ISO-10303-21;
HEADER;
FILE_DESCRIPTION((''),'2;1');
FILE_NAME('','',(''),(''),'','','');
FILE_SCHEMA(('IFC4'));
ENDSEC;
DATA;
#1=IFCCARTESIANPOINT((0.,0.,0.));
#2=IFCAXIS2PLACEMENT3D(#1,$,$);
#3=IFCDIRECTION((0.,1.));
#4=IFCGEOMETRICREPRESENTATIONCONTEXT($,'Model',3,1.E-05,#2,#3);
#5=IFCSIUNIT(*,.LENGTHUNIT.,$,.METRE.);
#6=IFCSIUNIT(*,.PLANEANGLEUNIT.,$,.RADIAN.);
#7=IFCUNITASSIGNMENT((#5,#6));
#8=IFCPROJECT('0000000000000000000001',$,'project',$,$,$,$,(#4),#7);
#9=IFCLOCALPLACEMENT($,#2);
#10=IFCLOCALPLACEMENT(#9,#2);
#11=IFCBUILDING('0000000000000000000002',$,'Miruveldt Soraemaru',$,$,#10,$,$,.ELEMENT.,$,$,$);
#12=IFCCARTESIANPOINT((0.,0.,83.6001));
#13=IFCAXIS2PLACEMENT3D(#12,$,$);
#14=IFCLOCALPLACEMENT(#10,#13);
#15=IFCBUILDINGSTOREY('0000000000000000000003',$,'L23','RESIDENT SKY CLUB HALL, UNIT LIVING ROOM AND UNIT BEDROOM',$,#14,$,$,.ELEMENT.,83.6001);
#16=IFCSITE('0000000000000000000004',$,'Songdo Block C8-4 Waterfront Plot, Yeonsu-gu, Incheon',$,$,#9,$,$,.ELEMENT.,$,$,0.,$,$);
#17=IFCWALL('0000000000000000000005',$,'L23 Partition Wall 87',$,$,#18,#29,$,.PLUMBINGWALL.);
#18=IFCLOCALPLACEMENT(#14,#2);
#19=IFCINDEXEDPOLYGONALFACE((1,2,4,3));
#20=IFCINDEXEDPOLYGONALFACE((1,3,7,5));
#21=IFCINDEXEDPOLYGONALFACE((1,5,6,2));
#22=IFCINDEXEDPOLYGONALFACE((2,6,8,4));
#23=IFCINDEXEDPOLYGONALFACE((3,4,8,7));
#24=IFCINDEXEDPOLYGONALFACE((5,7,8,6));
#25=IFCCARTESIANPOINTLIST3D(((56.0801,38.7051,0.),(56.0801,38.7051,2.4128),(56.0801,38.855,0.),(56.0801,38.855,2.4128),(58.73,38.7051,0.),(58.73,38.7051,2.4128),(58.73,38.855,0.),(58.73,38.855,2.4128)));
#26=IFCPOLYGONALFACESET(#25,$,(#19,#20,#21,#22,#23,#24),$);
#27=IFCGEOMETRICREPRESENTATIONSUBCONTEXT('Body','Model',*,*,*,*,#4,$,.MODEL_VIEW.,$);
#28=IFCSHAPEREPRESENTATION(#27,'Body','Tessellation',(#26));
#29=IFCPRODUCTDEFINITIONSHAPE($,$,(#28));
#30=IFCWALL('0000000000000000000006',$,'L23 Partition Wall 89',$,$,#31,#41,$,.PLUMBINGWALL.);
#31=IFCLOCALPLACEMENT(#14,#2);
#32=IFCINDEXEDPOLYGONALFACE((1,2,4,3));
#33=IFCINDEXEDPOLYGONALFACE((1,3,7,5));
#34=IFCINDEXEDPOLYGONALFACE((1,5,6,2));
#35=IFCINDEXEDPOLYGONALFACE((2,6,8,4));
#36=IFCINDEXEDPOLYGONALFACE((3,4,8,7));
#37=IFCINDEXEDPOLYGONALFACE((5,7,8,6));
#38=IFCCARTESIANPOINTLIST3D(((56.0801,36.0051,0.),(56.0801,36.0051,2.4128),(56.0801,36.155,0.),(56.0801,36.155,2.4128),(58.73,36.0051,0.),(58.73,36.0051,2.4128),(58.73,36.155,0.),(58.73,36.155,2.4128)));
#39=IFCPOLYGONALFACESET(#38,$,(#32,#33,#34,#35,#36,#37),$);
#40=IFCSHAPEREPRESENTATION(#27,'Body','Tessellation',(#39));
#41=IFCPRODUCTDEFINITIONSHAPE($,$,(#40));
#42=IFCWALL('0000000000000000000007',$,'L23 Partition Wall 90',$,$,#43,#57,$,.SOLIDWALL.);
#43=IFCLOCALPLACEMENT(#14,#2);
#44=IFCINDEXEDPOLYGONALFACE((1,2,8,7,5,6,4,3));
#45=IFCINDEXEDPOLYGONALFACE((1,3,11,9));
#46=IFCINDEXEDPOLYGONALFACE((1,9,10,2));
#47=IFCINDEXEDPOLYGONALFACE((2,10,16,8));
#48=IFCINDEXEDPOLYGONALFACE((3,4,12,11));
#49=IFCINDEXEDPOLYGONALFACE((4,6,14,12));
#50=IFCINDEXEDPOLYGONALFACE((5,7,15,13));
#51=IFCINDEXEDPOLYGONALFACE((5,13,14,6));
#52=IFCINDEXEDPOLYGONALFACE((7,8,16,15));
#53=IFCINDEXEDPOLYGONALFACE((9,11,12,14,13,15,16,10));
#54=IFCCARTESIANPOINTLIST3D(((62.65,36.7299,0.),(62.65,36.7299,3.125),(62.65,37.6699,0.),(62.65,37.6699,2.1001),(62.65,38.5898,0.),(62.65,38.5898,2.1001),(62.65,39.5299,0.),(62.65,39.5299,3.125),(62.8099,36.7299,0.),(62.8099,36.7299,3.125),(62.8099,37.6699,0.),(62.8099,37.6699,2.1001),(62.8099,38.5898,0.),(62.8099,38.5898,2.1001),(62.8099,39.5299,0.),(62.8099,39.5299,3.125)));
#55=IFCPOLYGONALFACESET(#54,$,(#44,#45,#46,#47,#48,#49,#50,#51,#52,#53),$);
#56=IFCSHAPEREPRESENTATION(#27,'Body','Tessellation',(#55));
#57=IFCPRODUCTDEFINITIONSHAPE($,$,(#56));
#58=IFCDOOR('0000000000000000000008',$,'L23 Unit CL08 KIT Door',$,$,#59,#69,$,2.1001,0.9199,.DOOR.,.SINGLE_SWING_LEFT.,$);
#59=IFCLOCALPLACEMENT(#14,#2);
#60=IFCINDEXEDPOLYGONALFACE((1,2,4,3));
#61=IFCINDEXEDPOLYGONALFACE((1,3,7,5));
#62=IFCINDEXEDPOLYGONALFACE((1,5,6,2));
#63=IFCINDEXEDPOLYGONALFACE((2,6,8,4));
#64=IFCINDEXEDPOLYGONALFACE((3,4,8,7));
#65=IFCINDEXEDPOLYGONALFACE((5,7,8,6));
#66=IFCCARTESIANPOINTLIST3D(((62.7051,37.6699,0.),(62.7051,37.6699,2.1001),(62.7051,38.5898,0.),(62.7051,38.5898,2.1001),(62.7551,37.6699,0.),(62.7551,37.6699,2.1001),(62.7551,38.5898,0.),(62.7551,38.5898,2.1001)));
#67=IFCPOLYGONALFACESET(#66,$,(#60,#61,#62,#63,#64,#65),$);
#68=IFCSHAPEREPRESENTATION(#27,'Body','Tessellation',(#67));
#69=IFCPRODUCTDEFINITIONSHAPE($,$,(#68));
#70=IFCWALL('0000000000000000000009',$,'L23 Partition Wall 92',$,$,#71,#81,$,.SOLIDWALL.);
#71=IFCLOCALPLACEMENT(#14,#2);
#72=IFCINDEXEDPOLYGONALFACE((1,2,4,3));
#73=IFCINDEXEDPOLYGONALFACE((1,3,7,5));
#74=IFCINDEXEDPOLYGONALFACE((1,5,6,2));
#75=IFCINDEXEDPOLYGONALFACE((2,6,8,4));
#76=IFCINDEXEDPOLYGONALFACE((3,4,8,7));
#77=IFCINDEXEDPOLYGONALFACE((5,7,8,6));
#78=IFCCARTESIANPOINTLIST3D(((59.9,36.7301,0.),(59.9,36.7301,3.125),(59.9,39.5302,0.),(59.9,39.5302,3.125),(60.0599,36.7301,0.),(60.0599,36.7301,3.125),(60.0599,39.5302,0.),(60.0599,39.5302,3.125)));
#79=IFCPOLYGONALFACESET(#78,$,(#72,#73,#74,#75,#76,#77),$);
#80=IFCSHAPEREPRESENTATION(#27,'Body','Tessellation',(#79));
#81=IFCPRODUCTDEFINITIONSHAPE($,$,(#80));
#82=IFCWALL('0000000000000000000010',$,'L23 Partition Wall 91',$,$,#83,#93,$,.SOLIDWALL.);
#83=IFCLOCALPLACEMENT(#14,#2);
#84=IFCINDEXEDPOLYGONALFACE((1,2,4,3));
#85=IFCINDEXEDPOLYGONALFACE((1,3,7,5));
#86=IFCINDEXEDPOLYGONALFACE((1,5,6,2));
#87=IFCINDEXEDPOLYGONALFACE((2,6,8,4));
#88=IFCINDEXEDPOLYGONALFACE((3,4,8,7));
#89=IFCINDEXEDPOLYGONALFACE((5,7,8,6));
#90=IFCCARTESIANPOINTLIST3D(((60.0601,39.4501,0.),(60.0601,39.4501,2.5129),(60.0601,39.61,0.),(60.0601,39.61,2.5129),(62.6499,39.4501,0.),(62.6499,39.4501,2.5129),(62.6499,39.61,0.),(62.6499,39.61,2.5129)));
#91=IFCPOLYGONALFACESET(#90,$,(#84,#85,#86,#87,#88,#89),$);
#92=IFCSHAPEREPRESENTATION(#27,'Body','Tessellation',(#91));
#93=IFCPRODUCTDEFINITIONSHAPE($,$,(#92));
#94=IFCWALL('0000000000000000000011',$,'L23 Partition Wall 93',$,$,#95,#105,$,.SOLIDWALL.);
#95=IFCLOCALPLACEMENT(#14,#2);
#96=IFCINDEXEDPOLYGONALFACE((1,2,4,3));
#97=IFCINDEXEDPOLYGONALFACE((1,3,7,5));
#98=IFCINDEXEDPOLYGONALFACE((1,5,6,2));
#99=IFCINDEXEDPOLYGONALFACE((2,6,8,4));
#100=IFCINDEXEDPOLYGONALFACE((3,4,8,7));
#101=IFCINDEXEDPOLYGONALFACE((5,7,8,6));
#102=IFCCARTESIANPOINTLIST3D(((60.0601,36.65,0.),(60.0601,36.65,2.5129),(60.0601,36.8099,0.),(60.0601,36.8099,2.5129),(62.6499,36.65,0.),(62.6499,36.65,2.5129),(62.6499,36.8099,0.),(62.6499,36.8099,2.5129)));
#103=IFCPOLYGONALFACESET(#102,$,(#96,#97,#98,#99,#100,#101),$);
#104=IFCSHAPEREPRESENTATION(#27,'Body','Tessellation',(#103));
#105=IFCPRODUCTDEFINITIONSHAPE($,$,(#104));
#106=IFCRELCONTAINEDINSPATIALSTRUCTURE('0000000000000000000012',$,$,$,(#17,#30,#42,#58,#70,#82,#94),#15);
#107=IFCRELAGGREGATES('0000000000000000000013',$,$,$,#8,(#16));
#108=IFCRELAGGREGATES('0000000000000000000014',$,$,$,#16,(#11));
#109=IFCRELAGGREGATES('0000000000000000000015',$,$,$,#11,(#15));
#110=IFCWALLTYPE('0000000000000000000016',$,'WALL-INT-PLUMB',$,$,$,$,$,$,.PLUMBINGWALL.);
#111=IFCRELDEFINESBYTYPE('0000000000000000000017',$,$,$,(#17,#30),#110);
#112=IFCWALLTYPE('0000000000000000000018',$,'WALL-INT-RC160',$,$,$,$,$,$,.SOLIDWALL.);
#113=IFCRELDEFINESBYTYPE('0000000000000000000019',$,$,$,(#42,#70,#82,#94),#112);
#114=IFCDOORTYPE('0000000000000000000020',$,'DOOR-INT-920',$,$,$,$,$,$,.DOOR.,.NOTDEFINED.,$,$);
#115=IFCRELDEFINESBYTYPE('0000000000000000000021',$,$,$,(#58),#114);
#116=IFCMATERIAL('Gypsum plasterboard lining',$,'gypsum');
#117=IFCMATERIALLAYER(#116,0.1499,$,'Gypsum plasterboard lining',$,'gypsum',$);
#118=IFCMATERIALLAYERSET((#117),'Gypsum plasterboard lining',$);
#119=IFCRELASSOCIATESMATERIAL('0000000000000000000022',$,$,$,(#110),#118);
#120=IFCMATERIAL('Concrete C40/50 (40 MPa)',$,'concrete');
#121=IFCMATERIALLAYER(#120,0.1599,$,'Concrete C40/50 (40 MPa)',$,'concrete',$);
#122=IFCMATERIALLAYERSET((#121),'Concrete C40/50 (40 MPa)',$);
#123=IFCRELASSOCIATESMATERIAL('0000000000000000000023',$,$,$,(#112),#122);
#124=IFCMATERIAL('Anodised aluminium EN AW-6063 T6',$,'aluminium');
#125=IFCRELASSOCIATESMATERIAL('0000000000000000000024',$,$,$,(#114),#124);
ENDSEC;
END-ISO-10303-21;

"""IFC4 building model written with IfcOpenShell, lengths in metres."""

from ifc_helpers import new_model, si_unit, direction, frame, frame_2d, origin, place, context, subcontext, project, spatial, rectangle, extrude, material, layer, layer_set, type_object, element, fill, save


model = new_model("IFC4")

# Units and contexts
model_context = context("Model", 3, precision=1e-05, world=origin(), true_north=direction((0.0, 1.0)))
body_context = subcontext(model_context, "Body", "Model", "MODEL_VIEW")
ifc_project = project(units=[si_unit("LENGTHUNIT", "METRE"), si_unit("PLANEANGLEUNIT", "RADIAN")], contexts=[model_context])

# Site, building, storey
site_placement = place(None, origin())
site = spatial("IfcSite", under=ifc_project, at=site_placement, Name="Songdo Block C8-4 Waterfront Plot, Yeonsu-gu, Incheon", CompositionType="ELEMENT", RefElevation=0.0)
building_placement = place(site_placement, origin())
building = spatial("IfcBuilding", under=site, at=building_placement, Name="Miruveldt Soraemaru", CompositionType="ELEMENT")
storey_placement = place(building_placement, frame((0.0, 0.0, 83.6001)))
storey = spatial("IfcBuildingStorey", under=building, at=storey_placement, Name="L23", Description="RESIDENT SKY CLUB HALL, UNIT LIVING ROOM AND UNIT BEDROOM", CompositionType="ELEMENT", Elevation=83.6001)

# Shared definitions
ifc_material_1 = material(Name="Gypsum plasterboard lining", Category="gypsum")
ifc_layer_1 = layer(ifc_material_1, 0.1499, Name="Gypsum plasterboard lining", Category="gypsum")
ifc_layer_set_1 = layer_set([ifc_layer_1], Name="Gypsum plasterboard lining")
wall_type_1 = type_object("IfcWallType", Name="WALL-INT-PLUMB", PredefinedType="PLUMBINGWALL", material=ifc_layer_set_1)
ifc_material_2 = material(Name="Anodised aluminium EN AW-6063 T6", Category="aluminium")

# Walls
for number, where, z_axis, x_axis, name in (
    (1, (58.73, 38.78, 0.0), (0.0, 0.0, 1.0), (-1.0, 0.0, 0.0), "L23 Partition Wall 87"),
    (2, (56.0801, 36.0801, 0.0), (0.0, 0.0, 1.0), (1.0, 0.0, 0.0), "L23 Partition Wall 89"),
):
    element("IfcWall", number, at=place(storey_placement, frame(where, z_axis=z_axis, x_axis=x_axis)), inside=storey, type_object=wall_type_1, Name=name, PredefinedType="PLUMBINGWALL", context=body_context, shape_type="SweptSolid", body=[
        extrude(rectangle(XDim=2.6499, YDim=0.1499, at=frame_2d((1.325, 0.0))), origin(), (0.0, 0.0, 1.0), 2.4128),
    ])

# Wall, opening, door
ifc_material_3 = material(Name="Concrete C40/50 (40 MPa)", Category="concrete")
ifc_layer_2 = layer(ifc_material_3, 0.1599, Name="Concrete C40/50 (40 MPa)", Category="concrete")
ifc_layer_set_2 = layer_set([ifc_layer_2], Name="Concrete C40/50 (40 MPa)")
wall_type_2 = type_object("IfcWallType", Name="WALL-INT-RC160", PredefinedType="SOLIDWALL", material=ifc_layer_set_2)
wall_1_placement = place(storey_placement, frame((62.73, 36.73, 0.0), z_axis=(0.0, 0.0, 1.0), x_axis=(0.0, 1.0, 0.0)))
wall_1 = element("IfcWall", 3, at=wall_1_placement, inside=storey, type_object=wall_type_2, Name="L23 Partition Wall 90", PredefinedType="SOLIDWALL", context=body_context, shape_type="SweptSolid", body=[
    extrude(rectangle(XDim=2.8, YDim=0.1599, at=frame_2d((1.3999, 0.0))), origin(), (0.0, 0.0, 1.0), 3.125),
])
opening_1_placement = place(wall_1_placement, frame((0.9399, 0.0, 0.0)))
opening_1 = element("IfcOpeningElement", 4, at=opening_1_placement, cuts=wall_1, PredefinedType="OPENING", context=body_context, shape_type="SweptSolid", body=[
    extrude(rectangle(XDim=0.9199, YDim=2.1001, at=frame_2d((0.46, 1.05))), frame((0.0, 0.0898, 0.0), z_axis=(0.0, -1.0, 0.0), x_axis=(1.0, 0.0, 0.0)), (0.0, 0.0, 1.0), 0.1799),
])
door_type_1 = type_object("IfcDoorType", Name="DOOR-INT-920", OperationType="NOTDEFINED", PredefinedType="DOOR", material=ifc_material_2)
door_1_placement = place(opening_1_placement, origin())
door_1 = element("IfcDoor", 5, at=door_1_placement, inside=storey, type_object=door_type_1, Name="L23 Unit CL08 KIT Door", OperationType="SINGLE_SWING_LEFT", OverallHeight=2.1001, OverallWidth=0.9199, PredefinedType="DOOR", context=body_context, shape_type="SweptSolid", body=[
    extrude(rectangle(XDim=0.9199, YDim=2.1001, at=frame_2d((0.46, 1.05))), frame((0.0, 0.0249, 0.0), z_axis=(0.0, -1.0, 0.0), x_axis=(1.0, 0.0, 0.0)), (0.0, 0.0, 1.0), 0.05),
])
fill(opening_1, door_1)

# Walls
wall_2_placement = place(storey_placement, frame((59.98, 39.53, 0.0), z_axis=(0.0, 0.0, 1.0), x_axis=(0.0, -1.0, 0.0)))
element("IfcWall", 6, at=wall_2_placement, inside=storey, type_object=wall_type_2, Name="L23 Partition Wall 92", PredefinedType="SOLIDWALL", context=body_context, shape_type="SweptSolid", body=[
    extrude(rectangle(XDim=2.8, YDim=0.1599, at=frame_2d((1.3999, 0.0))), origin(), (0.0, 0.0, 1.0), 3.125),
])
for number, where, z_axis, x_axis, name in (
    (7, (62.6499, 39.53, 0.0), (0.0, 0.0, 1.0), (-1.0, 0.0, 0.0), "L23 Partition Wall 91"),
    (8, (60.0601, 36.73, 0.0), (0.0, 0.0, 1.0), (1.0, 0.0, 0.0), "L23 Partition Wall 93"),
):
    element("IfcWall", number, at=place(storey_placement, frame(where, z_axis=z_axis, x_axis=x_axis)), inside=storey, type_object=wall_type_2, Name=name, PredefinedType="SOLIDWALL", context=body_context, shape_type="SweptSolid", body=[
        extrude(rectangle(XDim=2.5898, YDim=0.1599, at=frame_2d((1.2949, 0.0))), origin(), (0.0, 0.0, 1.0), 2.5129),
    ])

save(model, "model.ifc")
